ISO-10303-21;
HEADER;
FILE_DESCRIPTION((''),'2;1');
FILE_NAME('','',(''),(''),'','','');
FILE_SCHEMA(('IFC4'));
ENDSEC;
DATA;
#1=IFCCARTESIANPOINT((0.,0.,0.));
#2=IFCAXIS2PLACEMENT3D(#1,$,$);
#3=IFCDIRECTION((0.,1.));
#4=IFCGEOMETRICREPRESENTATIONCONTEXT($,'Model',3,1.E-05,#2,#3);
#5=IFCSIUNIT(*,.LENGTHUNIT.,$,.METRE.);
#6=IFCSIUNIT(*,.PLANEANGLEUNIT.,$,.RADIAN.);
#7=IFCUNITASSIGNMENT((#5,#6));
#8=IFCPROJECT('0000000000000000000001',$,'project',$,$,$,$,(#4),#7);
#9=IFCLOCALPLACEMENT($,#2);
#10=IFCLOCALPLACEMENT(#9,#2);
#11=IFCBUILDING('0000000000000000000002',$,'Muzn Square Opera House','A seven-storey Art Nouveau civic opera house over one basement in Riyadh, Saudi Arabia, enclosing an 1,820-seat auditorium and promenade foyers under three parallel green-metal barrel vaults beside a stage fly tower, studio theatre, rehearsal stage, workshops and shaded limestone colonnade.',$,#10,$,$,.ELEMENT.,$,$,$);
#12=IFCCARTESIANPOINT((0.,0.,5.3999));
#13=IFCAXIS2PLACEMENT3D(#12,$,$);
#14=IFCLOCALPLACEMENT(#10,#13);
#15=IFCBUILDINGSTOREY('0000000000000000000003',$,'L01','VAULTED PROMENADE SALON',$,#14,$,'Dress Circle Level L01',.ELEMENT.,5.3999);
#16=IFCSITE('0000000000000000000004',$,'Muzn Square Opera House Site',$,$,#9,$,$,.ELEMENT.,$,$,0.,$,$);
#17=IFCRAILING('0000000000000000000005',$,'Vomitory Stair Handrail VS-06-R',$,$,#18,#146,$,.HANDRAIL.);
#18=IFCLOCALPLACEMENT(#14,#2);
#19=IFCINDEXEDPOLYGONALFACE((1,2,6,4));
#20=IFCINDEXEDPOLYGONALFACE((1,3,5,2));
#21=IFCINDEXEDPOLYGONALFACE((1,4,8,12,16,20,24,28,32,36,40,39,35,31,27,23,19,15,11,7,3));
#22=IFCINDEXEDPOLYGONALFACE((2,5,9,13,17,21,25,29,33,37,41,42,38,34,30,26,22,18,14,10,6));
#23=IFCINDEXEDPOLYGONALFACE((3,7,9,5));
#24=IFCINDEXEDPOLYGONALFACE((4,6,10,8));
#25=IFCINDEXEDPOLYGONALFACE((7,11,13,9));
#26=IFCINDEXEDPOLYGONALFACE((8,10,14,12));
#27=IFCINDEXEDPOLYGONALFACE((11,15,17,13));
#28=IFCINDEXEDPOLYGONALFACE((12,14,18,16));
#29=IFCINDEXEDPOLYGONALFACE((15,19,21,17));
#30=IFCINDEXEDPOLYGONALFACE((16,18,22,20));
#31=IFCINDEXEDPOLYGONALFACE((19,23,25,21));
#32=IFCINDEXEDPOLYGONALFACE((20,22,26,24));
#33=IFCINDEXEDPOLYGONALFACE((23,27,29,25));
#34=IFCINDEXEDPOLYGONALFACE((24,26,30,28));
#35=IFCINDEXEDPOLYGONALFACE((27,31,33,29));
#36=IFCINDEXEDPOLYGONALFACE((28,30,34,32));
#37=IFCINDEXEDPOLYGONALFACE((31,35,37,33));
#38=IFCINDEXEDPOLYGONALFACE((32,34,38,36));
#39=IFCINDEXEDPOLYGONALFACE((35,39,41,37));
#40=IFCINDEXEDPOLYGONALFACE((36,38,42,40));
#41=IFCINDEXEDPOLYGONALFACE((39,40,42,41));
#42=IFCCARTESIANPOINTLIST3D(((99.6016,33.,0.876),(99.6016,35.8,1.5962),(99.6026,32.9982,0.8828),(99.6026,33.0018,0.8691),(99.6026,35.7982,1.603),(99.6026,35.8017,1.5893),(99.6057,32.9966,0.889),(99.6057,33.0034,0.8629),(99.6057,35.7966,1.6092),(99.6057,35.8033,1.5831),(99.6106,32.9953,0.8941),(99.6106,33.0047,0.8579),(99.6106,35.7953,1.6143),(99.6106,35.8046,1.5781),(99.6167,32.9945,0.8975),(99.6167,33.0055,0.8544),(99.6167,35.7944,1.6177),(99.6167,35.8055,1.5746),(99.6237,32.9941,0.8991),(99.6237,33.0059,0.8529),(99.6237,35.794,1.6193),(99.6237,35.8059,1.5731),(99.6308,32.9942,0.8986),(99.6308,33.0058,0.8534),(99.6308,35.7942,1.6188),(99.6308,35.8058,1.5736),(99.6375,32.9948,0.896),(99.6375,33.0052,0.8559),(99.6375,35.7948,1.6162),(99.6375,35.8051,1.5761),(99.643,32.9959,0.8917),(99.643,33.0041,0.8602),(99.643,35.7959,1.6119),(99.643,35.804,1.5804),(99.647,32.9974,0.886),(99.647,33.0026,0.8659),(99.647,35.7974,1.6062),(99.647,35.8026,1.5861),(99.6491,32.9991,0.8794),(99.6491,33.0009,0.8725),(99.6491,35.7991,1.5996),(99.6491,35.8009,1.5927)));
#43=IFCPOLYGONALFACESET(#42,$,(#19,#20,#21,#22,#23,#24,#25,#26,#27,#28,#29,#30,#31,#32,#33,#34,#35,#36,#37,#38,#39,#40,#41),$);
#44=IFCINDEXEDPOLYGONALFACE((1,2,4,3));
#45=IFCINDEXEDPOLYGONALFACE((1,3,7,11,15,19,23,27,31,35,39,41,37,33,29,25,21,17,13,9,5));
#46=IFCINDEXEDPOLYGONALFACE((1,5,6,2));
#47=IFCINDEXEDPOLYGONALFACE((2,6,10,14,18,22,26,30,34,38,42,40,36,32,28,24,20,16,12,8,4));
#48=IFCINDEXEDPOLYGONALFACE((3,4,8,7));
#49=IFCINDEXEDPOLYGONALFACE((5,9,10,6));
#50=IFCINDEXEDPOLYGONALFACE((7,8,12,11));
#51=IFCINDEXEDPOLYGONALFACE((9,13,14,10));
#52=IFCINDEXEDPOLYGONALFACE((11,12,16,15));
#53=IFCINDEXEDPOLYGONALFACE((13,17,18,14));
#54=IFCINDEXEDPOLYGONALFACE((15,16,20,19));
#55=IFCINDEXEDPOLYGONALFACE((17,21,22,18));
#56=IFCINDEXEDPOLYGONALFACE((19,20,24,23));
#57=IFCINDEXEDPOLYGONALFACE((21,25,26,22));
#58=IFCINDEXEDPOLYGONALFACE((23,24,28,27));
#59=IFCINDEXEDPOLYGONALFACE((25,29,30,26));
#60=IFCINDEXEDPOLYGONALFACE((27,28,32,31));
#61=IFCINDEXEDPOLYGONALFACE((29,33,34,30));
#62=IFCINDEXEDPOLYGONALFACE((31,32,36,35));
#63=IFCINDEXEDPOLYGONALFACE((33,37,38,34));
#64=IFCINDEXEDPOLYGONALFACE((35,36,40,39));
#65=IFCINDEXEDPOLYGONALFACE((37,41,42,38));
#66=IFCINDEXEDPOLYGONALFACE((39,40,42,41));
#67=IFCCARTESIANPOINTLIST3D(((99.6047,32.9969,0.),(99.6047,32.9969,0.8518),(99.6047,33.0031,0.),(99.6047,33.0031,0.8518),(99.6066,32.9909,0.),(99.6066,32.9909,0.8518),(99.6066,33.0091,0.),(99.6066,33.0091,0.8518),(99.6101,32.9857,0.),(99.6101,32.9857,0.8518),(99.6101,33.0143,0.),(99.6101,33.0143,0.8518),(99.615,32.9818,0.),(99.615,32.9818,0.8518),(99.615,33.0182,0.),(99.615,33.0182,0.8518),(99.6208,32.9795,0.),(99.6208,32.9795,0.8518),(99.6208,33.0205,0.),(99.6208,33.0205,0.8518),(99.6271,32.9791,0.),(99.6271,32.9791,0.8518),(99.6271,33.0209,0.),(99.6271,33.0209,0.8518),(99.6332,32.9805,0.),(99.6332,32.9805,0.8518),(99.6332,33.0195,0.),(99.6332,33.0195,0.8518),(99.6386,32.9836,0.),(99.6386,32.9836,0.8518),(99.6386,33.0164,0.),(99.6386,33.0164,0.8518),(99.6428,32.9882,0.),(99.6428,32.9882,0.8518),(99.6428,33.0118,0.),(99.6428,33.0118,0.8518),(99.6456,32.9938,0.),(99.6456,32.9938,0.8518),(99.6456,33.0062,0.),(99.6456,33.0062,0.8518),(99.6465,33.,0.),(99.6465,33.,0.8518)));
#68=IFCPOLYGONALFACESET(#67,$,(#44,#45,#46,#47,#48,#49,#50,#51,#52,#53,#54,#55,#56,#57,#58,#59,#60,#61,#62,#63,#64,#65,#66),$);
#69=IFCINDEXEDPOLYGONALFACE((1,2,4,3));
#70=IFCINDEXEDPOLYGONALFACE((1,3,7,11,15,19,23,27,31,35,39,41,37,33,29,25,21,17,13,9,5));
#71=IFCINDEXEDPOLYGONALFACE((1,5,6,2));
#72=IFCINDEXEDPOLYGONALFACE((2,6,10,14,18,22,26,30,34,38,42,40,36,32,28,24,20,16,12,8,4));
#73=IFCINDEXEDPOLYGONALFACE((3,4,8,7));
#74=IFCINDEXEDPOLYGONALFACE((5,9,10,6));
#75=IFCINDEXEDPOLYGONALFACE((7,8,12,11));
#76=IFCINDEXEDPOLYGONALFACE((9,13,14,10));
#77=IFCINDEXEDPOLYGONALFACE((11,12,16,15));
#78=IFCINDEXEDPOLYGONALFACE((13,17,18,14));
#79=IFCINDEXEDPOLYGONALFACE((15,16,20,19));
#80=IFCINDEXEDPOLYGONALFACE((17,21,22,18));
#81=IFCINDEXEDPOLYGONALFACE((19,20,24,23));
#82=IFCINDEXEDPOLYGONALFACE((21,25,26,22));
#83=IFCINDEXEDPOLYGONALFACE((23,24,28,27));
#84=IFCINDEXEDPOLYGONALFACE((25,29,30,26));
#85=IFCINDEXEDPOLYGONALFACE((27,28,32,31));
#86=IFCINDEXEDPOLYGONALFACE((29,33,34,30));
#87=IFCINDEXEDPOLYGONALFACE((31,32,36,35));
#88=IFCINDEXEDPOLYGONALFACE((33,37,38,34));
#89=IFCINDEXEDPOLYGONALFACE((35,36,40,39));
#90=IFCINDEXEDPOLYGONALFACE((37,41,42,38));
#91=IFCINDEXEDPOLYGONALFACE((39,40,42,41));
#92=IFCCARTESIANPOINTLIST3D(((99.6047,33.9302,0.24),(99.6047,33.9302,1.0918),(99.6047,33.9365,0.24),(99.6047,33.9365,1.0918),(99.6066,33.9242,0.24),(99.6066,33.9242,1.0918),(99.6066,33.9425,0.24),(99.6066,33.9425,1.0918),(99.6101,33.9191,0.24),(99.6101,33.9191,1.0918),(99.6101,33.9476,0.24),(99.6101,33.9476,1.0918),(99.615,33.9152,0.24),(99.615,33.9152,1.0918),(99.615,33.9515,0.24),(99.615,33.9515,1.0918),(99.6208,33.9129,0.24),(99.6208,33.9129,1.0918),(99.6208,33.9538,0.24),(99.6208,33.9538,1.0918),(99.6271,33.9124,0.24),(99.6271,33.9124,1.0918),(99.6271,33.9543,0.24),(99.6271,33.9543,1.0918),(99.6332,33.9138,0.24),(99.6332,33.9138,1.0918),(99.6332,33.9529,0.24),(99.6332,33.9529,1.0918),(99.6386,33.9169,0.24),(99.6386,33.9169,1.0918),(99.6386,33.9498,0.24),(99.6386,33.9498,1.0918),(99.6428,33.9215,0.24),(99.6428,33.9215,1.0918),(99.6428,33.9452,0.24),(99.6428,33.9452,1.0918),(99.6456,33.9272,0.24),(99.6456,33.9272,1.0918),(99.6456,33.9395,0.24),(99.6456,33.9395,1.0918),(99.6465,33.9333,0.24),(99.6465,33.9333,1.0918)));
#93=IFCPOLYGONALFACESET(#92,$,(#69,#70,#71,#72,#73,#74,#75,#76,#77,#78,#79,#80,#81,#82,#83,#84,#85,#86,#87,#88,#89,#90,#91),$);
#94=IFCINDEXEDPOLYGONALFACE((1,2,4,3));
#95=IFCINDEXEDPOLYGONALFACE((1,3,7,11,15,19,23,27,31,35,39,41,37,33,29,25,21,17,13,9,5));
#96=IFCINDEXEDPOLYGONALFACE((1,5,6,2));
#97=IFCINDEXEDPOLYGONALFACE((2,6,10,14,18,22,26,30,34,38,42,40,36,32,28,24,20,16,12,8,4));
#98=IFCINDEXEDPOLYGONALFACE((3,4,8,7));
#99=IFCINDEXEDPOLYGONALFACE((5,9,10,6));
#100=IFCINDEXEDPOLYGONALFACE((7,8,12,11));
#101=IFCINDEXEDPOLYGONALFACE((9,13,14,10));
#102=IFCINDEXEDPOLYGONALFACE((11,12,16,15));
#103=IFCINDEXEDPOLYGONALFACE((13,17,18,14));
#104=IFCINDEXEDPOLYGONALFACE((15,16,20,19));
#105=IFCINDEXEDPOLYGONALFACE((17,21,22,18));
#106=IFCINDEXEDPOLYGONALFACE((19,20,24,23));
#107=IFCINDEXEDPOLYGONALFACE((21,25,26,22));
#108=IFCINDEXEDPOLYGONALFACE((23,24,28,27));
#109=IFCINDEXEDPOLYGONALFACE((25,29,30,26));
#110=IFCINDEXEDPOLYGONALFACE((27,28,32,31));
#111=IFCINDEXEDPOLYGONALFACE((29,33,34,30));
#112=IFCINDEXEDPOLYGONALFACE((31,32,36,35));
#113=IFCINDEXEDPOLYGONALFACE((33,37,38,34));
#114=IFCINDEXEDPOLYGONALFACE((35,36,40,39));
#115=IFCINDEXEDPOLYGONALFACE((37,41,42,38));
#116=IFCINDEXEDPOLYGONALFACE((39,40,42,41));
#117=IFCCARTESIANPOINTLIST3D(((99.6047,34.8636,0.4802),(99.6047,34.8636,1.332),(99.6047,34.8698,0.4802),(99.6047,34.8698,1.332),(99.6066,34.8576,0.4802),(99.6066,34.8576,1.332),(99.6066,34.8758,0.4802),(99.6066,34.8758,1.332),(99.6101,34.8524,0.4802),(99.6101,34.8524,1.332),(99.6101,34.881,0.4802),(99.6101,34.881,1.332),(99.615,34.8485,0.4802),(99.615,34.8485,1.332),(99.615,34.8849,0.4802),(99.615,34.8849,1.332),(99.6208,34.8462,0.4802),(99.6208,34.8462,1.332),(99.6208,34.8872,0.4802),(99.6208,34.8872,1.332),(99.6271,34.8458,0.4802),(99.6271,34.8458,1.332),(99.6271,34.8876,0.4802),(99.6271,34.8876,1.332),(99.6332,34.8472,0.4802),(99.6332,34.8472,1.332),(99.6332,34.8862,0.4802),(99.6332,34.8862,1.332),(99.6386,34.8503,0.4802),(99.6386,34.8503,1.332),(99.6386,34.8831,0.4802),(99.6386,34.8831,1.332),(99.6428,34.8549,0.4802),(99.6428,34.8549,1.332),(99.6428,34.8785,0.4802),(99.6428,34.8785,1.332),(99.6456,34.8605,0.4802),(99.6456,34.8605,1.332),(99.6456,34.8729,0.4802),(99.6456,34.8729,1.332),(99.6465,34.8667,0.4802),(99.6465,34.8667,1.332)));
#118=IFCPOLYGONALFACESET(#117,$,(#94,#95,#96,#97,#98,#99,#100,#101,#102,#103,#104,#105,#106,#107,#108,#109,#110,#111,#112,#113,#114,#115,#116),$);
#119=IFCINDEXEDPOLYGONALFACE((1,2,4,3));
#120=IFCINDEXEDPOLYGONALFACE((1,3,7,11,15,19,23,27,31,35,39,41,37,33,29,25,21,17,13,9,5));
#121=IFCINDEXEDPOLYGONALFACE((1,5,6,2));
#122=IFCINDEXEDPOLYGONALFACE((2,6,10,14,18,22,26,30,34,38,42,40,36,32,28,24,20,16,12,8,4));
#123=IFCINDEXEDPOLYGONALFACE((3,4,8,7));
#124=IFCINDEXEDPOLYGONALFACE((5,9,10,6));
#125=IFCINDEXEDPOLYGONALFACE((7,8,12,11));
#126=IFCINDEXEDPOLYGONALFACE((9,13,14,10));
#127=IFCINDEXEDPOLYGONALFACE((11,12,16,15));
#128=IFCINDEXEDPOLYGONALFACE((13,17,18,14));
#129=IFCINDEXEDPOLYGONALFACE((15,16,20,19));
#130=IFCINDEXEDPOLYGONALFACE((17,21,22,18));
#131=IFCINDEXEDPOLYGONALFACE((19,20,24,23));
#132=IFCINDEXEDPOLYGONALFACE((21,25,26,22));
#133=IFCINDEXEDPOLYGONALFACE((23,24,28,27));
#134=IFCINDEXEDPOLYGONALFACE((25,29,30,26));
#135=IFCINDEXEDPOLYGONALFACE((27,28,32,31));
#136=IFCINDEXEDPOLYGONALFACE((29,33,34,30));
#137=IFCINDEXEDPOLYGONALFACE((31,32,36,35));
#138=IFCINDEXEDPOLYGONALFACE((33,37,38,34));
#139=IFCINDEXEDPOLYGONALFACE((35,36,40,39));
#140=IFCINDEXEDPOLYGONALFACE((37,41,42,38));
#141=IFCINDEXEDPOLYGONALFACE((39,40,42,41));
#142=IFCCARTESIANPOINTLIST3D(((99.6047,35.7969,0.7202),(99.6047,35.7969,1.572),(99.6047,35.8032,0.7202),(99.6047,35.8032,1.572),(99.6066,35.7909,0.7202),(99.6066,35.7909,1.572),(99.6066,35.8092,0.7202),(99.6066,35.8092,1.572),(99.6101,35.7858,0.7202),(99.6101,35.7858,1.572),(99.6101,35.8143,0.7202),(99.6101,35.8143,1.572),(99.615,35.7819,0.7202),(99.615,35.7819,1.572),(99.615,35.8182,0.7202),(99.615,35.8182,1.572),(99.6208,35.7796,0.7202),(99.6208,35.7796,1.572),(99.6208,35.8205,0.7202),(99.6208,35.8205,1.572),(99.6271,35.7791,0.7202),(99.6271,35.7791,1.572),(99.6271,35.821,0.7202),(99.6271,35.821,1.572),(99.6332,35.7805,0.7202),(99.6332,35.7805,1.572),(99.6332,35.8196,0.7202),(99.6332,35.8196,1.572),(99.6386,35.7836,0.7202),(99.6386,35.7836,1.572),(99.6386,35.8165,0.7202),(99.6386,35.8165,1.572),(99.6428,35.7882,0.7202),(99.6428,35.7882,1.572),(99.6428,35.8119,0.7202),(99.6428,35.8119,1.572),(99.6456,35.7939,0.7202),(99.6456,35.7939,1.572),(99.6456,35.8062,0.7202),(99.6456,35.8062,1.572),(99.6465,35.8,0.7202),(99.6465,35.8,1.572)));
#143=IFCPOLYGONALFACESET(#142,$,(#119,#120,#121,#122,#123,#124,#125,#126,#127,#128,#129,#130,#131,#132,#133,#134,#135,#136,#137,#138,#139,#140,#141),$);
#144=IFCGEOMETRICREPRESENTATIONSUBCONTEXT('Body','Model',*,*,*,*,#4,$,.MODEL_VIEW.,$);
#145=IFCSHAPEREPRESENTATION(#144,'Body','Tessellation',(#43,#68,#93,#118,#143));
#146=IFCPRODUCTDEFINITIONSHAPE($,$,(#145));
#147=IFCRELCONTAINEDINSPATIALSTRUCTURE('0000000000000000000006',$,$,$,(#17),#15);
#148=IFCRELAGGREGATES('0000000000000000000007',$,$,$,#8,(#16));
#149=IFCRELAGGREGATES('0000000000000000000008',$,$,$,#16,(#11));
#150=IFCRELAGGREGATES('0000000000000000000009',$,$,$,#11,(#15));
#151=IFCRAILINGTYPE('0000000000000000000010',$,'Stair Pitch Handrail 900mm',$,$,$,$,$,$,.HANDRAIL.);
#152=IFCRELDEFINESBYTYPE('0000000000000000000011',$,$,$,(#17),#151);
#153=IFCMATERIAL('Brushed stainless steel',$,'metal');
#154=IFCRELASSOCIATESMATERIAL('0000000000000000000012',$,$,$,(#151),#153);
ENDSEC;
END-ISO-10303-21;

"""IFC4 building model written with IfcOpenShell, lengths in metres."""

from ifc_helpers import new_model, si_unit, direction, frame, origin, origin_2d, place, context, subcontext, project, spatial, circle, extrude, material, type_object, element, save


model = new_model("IFC4")

# Units and contexts
model_context = context("Model", 3, precision=1e-05, world=origin(), true_north=direction((0.0, 1.0)))
body_context = subcontext(model_context, "Body", "Model", "MODEL_VIEW")
ifc_project = project(units=[si_unit("LENGTHUNIT", "METRE"), si_unit("PLANEANGLEUNIT", "RADIAN")], contexts=[model_context])

# Site, building, storey
site_placement = place(None, origin())
site = spatial("IfcSite", under=ifc_project, at=site_placement, Name="Muzn Square Opera House Site", CompositionType="ELEMENT", RefElevation=0.0)
building_placement = place(site_placement, origin())
building = spatial("IfcBuilding", under=site, at=building_placement, Name="Muzn Square Opera House", Description="A seven-storey Art Nouveau civic opera house over one basement in Riyadh, Saudi Arabia, enclosing an 1,820-seat auditorium and promenade foyers under three parallel green-metal barrel vaults beside a stage fly tower, studio theatre, rehearsal stage, workshops and shaded limestone colonnade.", CompositionType="ELEMENT")
storey_placement = place(building_placement, frame((0.0, 0.0, 5.3999)))
storey = spatial("IfcBuildingStorey", under=building, at=storey_placement, Name="L01", Description="VAULTED PROMENADE SALON", LongName="Dress Circle Level L01", CompositionType="ELEMENT", Elevation=5.3999)

# Railing
ifc_material_1 = material(Name="Brushed stainless steel", Category="metal")
railing_type_1 = type_object("IfcRailingType", Name="Stair Pitch Handrail 900mm", PredefinedType="HANDRAIL", material=ifc_material_1)
for number, where, name in (
    (1, (99.6255, 33.0, 0.0), "Vomitory Stair Handrail VS-06-R"),
):
    element("IfcRailing", number, at=place(storey_placement, frame(where)), inside=storey, type_object=railing_type_1, Name=name, PredefinedType="HANDRAIL", context=body_context, shape_type="SweptSolid", body=[
        extrude(circle(Radius=0.0239, at=origin_2d()), frame((0.0, 0.0, 0.876), z_axis=(0.0, 0.968476, 0.249107), x_axis=(-1.0, 0.0, 0.0)), (0.0, 0.0, 1.0), 2.8911),
        extrude(circle(Radius=0.021, at=origin_2d()), origin(), (0.0, 0.0, 1.0), 0.8518),
        extrude(circle(Radius=0.021, at=origin_2d()), frame((0.0, 0.9333, 0.24)), (0.0, 0.0, 1.0), 0.8518),
        extrude(circle(Radius=0.021, at=origin_2d()), frame((0.0, 1.8667, 0.4802)), (0.0, 0.0, 1.0), 0.8518),
        extrude(circle(Radius=0.021, at=origin_2d()), frame((0.0, 2.8, 0.7202)), (0.0, 0.0, 1.0), 0.8518),
    ])

save(model, "model.ifc")
